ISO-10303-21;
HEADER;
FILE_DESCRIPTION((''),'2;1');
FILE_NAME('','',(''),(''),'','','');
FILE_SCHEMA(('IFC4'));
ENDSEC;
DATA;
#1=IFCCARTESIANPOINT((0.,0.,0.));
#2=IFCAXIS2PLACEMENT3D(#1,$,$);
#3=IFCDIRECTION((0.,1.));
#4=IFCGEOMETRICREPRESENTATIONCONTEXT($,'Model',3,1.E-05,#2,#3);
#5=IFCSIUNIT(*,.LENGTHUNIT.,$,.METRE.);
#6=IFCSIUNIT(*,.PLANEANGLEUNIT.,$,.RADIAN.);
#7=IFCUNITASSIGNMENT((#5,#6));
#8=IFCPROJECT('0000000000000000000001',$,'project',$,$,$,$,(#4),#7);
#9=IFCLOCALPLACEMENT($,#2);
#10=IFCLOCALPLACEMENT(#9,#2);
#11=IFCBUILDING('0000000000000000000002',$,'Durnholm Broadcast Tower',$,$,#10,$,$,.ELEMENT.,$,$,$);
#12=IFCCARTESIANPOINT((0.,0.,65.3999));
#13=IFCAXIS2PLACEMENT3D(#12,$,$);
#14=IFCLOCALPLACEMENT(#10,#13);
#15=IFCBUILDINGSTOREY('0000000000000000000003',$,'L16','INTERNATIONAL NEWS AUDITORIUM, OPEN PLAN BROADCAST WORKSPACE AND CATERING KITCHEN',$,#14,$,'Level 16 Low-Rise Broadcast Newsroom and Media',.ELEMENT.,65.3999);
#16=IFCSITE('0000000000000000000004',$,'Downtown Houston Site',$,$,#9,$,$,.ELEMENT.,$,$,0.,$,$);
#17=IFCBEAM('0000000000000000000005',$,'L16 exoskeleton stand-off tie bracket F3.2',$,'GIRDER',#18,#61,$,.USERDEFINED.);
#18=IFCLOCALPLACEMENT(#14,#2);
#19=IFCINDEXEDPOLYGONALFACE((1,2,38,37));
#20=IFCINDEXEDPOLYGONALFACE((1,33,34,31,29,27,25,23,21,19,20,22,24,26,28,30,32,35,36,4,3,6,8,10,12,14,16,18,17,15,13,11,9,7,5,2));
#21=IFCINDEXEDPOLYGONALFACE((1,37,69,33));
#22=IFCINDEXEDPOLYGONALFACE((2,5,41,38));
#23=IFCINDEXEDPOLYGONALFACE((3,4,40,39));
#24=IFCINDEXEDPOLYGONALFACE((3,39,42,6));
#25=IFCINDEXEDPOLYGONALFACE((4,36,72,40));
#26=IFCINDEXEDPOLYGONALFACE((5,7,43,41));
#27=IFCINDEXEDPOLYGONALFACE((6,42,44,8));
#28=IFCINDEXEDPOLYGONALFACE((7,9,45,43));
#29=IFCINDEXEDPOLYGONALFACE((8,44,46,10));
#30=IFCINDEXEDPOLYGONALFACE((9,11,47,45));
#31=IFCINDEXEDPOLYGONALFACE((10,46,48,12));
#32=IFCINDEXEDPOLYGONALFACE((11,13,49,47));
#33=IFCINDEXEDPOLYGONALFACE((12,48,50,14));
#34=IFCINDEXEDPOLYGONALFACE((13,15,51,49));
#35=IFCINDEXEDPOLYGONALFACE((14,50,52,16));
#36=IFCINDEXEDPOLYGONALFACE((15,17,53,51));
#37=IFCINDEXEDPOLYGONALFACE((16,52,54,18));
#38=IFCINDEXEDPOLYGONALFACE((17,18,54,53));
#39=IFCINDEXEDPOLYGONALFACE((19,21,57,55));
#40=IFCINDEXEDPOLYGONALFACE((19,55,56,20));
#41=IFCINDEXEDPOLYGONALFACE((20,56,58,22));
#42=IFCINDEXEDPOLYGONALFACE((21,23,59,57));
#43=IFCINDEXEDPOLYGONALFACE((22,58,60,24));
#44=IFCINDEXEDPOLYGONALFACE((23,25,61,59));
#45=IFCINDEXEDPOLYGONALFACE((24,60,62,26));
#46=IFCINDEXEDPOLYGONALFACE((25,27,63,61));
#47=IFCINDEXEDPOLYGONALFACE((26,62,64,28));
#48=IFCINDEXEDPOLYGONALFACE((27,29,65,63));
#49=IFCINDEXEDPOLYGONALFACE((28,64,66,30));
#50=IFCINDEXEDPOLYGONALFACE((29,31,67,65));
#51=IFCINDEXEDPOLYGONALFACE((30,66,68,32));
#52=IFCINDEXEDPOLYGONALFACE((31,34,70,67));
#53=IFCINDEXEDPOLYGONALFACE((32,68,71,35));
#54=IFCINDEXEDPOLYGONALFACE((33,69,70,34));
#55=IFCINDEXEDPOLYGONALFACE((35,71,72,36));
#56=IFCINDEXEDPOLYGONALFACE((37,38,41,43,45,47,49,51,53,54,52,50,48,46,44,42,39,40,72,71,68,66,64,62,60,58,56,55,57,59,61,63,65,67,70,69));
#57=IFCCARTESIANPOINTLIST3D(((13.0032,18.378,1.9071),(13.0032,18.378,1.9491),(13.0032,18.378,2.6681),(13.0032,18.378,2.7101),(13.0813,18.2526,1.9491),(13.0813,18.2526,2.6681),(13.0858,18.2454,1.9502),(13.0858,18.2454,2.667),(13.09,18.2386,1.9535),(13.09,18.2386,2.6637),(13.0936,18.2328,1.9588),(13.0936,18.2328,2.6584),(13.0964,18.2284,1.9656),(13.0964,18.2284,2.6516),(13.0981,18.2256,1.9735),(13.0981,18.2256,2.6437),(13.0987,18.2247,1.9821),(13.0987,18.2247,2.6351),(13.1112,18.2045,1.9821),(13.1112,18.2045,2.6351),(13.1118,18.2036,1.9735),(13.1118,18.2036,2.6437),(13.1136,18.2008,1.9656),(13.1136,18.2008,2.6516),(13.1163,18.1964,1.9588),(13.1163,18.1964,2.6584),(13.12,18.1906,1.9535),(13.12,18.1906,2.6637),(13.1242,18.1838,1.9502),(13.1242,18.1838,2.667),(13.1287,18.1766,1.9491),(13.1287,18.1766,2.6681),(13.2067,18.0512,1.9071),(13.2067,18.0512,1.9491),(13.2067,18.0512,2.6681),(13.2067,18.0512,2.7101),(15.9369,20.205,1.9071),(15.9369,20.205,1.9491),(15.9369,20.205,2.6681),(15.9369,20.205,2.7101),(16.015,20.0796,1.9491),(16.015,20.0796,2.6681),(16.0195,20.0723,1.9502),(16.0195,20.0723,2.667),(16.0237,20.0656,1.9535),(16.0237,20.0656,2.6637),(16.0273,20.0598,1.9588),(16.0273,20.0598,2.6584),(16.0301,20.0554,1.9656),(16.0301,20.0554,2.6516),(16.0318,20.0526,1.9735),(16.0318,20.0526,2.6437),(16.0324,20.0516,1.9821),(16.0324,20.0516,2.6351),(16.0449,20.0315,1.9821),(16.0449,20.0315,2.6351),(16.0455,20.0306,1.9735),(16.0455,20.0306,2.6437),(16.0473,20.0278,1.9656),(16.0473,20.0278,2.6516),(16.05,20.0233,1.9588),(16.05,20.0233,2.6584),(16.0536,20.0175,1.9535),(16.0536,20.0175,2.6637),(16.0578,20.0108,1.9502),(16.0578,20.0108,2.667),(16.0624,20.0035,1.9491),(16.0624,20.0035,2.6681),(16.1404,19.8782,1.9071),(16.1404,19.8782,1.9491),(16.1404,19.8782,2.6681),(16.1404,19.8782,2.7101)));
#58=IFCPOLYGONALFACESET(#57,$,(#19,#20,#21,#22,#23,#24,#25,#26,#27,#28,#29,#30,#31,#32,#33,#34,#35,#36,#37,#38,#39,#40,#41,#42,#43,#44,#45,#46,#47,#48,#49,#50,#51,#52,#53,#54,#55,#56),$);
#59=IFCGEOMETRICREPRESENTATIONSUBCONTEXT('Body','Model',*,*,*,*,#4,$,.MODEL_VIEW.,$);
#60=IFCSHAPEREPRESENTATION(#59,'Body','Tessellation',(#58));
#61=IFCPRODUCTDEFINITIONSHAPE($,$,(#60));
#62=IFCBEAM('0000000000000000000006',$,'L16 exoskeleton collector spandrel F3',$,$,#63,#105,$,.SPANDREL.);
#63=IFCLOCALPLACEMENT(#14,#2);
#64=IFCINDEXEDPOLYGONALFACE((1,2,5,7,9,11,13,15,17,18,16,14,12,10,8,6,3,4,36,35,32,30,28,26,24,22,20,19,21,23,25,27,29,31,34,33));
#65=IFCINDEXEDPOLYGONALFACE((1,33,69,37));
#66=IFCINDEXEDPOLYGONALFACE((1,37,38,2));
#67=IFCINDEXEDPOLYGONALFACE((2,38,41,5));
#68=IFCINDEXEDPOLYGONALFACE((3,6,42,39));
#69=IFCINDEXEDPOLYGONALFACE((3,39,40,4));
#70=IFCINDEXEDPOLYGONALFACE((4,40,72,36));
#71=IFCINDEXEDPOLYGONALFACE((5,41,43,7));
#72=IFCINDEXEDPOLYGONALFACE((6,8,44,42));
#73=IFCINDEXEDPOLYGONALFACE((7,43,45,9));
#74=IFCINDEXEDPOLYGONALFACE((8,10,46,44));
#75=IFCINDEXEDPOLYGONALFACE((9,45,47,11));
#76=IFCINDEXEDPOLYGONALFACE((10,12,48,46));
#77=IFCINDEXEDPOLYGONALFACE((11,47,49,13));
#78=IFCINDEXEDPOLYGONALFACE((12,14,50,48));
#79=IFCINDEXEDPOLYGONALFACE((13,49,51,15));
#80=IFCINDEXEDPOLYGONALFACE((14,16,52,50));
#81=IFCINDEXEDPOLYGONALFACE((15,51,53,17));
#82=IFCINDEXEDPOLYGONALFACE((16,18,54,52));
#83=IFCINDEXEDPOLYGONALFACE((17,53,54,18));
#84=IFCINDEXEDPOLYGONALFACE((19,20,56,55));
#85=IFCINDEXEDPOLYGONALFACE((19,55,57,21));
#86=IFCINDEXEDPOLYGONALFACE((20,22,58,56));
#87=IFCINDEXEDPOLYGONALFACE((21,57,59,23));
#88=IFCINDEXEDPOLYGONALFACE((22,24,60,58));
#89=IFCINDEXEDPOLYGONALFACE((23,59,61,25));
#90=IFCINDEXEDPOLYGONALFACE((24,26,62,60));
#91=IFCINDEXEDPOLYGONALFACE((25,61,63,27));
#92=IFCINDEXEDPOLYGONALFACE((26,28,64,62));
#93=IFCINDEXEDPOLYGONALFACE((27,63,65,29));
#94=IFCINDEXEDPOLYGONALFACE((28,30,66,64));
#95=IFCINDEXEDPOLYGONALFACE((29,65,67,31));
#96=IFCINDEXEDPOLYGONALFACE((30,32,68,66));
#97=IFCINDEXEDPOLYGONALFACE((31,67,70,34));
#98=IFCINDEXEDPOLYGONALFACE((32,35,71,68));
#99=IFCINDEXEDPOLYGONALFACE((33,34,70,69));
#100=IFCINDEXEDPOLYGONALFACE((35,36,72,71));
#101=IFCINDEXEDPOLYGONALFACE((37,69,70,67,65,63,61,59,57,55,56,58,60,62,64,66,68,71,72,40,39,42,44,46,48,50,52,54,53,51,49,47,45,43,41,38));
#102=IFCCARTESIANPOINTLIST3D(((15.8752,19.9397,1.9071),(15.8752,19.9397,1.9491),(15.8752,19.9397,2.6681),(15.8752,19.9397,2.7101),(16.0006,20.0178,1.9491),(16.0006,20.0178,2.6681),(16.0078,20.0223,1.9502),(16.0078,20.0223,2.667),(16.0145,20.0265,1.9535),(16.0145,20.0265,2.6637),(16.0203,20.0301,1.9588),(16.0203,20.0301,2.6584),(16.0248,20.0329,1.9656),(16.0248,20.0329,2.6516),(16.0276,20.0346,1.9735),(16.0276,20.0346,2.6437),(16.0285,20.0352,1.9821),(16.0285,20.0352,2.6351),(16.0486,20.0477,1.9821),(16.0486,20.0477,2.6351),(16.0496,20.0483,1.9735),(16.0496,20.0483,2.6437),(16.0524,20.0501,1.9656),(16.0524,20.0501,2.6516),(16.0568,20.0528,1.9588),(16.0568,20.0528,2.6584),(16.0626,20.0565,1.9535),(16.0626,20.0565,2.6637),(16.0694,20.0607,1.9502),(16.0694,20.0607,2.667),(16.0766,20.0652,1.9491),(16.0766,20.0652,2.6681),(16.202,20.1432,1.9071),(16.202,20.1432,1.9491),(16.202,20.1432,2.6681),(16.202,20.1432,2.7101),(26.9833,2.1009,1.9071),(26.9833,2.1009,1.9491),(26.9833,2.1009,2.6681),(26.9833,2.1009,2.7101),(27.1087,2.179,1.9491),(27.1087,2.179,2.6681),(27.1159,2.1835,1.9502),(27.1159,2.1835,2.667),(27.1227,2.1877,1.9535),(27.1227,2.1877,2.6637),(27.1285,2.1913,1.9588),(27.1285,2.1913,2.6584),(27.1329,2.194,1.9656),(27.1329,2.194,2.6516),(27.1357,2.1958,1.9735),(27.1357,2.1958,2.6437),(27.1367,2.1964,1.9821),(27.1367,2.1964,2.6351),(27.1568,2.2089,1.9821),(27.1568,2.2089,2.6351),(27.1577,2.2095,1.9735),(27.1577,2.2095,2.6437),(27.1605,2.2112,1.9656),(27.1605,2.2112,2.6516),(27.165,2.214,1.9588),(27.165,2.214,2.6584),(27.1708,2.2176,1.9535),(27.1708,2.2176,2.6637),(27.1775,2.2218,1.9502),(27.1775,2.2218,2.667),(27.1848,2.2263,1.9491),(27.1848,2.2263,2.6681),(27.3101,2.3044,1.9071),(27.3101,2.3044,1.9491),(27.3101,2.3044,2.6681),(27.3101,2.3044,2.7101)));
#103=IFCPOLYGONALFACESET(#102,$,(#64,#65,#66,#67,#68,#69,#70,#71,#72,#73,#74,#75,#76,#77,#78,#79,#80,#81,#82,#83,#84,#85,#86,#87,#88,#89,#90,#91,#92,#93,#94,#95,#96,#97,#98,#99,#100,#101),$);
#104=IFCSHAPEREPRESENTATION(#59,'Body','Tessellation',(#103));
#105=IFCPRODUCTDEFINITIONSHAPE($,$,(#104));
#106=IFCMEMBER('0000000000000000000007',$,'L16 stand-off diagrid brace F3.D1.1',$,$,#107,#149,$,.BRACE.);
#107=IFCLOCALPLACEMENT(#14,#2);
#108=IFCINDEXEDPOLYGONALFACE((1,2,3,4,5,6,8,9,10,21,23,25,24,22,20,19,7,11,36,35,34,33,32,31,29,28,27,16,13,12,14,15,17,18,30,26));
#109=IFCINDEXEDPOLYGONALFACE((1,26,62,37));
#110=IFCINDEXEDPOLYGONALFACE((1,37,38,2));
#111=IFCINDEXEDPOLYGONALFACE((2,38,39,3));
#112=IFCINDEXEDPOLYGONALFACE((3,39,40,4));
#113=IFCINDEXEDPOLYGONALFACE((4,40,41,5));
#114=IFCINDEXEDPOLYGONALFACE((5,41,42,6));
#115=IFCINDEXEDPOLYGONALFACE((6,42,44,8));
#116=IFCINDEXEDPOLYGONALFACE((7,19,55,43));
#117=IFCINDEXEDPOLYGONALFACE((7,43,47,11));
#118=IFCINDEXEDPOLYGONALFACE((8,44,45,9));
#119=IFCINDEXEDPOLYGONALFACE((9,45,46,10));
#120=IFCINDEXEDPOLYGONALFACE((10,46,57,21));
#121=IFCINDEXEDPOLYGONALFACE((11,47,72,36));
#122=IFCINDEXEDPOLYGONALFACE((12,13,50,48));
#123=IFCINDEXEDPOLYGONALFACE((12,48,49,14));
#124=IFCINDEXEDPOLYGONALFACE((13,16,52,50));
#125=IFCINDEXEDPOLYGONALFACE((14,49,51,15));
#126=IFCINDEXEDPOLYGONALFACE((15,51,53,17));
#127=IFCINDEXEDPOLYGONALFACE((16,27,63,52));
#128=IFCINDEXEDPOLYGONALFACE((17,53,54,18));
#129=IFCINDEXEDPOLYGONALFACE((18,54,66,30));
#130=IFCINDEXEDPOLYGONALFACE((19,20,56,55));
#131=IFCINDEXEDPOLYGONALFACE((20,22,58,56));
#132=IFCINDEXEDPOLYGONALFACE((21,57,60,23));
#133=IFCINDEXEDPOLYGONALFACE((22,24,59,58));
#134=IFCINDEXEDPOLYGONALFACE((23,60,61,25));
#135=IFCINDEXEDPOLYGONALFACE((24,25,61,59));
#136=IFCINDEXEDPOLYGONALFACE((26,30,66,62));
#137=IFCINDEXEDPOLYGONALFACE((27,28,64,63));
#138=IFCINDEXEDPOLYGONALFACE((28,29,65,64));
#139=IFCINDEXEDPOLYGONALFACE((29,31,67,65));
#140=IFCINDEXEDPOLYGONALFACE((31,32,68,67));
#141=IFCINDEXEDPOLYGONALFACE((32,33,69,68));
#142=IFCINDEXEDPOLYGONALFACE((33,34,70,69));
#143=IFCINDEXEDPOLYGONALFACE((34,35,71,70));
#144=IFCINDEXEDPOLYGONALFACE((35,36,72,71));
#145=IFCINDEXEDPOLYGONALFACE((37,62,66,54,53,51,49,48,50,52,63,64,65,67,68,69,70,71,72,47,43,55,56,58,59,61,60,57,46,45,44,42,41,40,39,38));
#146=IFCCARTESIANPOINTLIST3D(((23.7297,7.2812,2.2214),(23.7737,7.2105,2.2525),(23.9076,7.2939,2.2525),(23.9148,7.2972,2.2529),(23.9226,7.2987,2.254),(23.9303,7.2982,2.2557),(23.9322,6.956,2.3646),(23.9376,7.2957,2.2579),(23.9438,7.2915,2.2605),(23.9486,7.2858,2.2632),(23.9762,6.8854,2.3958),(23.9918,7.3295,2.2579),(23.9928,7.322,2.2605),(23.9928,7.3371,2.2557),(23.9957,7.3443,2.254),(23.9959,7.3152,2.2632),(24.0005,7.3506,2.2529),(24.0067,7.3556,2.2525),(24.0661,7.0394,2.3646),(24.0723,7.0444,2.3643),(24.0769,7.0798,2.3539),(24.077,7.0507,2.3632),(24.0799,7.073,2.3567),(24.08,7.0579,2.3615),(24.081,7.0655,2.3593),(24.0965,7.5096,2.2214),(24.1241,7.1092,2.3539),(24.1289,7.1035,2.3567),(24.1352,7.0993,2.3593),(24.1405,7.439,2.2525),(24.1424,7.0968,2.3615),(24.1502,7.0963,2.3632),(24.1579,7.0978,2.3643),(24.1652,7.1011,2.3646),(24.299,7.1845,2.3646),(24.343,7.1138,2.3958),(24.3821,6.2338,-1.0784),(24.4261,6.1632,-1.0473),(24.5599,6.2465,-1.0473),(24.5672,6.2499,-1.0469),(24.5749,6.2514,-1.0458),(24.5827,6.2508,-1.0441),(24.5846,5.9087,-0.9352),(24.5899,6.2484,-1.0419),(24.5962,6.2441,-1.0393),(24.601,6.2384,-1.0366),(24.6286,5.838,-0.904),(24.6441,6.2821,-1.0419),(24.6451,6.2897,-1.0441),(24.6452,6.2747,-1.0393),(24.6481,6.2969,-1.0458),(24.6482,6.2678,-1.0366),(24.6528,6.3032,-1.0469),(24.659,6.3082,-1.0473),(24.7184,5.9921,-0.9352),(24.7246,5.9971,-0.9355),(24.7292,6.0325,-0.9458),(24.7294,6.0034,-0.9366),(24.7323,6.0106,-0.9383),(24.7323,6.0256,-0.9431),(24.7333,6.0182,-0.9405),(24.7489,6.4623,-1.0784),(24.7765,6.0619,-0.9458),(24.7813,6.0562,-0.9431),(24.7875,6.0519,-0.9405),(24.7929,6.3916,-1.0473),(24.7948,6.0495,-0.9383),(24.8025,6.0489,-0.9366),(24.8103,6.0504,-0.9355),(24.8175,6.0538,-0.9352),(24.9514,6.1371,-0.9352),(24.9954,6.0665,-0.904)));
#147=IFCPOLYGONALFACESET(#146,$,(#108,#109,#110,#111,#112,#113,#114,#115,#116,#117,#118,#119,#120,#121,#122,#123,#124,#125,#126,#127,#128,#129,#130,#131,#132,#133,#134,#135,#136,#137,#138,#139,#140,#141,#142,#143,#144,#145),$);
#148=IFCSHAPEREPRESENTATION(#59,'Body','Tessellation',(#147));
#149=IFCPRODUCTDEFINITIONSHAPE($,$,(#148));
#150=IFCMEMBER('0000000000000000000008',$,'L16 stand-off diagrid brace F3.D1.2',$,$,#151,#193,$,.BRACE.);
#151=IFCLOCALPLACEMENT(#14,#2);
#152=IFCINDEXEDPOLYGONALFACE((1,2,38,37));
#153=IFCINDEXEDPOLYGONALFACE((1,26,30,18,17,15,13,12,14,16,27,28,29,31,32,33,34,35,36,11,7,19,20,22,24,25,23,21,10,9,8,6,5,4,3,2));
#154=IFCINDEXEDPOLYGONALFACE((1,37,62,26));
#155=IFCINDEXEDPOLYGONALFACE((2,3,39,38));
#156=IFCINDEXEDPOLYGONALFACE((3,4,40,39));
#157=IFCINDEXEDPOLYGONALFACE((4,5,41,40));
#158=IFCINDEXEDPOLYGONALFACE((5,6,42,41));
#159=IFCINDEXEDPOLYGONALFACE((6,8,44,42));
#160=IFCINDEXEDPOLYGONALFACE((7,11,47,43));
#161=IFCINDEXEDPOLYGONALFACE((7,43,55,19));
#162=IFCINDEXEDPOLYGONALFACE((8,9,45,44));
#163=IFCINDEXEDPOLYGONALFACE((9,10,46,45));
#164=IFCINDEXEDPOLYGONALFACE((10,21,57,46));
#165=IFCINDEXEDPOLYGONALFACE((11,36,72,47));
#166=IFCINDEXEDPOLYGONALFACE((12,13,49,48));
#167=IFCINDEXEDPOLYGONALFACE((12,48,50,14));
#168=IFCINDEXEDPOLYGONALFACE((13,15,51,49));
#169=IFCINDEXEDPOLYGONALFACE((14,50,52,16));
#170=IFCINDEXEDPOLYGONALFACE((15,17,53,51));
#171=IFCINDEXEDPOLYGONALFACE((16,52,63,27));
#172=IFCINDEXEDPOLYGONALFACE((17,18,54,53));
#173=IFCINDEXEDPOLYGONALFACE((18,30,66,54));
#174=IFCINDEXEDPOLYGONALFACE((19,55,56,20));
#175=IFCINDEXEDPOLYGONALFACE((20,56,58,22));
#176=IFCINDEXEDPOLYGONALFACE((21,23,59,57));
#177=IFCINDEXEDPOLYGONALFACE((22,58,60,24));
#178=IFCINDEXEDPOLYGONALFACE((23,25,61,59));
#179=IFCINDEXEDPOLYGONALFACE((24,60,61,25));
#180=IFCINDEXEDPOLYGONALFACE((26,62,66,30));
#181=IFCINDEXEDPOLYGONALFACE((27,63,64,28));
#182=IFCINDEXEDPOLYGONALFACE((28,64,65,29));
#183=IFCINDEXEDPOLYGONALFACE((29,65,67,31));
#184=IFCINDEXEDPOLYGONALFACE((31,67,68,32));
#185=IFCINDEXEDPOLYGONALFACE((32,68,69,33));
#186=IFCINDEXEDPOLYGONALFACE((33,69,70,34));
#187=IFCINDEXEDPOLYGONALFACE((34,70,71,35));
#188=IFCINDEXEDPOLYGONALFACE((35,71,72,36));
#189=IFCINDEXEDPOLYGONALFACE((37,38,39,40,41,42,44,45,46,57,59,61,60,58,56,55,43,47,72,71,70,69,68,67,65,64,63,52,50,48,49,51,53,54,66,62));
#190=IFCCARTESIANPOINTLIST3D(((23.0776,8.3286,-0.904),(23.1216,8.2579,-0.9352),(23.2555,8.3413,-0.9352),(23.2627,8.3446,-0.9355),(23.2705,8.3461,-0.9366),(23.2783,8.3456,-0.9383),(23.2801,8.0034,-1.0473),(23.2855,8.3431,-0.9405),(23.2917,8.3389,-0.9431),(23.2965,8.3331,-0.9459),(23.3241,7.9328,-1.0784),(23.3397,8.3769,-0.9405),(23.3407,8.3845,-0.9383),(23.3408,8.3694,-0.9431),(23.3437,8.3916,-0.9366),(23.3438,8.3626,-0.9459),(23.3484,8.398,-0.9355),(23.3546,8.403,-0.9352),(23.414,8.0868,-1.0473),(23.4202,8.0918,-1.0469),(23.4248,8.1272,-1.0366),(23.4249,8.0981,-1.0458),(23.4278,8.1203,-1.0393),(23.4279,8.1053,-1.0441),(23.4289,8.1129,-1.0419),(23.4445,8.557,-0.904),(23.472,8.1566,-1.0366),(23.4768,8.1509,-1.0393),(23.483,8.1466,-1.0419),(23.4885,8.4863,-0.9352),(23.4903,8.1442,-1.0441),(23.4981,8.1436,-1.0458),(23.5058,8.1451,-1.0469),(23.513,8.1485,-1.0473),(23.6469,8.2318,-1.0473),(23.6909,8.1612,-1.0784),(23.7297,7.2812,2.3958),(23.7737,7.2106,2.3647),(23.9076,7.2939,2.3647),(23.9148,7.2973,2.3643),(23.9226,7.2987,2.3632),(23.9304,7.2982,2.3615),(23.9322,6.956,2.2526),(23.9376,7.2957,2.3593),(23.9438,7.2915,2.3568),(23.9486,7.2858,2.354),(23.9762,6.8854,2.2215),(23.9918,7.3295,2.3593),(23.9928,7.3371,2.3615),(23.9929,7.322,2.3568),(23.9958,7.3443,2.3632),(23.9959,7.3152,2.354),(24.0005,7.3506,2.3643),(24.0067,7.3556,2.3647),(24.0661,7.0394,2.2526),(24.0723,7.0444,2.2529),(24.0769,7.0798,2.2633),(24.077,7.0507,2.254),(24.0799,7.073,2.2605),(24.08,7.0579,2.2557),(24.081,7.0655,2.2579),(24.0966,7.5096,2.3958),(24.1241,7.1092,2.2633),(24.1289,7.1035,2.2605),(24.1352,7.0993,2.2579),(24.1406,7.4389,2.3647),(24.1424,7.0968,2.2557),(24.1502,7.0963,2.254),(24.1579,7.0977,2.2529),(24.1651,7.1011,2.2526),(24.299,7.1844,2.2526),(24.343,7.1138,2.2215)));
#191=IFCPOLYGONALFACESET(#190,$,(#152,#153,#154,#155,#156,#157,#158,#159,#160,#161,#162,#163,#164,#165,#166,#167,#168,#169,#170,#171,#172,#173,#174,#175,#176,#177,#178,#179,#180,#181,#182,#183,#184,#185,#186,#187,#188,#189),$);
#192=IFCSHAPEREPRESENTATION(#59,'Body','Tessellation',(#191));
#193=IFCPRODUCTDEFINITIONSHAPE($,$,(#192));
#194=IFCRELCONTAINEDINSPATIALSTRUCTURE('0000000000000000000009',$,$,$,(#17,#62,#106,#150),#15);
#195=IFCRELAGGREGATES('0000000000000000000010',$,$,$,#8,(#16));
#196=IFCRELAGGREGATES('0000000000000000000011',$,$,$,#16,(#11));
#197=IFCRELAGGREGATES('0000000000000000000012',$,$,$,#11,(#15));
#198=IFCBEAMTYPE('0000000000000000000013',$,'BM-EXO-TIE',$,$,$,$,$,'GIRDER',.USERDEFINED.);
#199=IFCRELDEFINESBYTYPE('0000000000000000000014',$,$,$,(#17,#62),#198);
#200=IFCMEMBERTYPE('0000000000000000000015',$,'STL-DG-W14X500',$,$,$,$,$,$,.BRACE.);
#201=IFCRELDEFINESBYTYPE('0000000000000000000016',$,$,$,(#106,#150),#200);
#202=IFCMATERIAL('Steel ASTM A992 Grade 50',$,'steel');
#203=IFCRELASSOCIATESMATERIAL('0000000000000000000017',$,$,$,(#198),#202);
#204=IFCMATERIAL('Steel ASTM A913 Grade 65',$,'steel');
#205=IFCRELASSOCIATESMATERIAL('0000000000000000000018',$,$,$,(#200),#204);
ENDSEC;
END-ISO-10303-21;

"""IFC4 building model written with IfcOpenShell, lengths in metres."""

from ifc_helpers import new_model, si_unit, direction, frame, origin, origin_2d, place, context, subcontext, project, spatial, i_section, extrude, source, transform, mapped, material, material_profile, profile_set, type_object, type_shapes, element, save


model = new_model("IFC4")

# Units and contexts
model_context = context("Model", 3, precision=1e-05, world=origin(), true_north=direction((0.0, 1.0)))
body_context = subcontext(model_context, "Body", "Model", "MODEL_VIEW")
ifc_project = project(units=[si_unit("LENGTHUNIT", "METRE"), si_unit("PLANEANGLEUNIT", "RADIAN")], contexts=[model_context])

# Site, building, storey
site_placement = place(None, origin())
site = spatial("IfcSite", under=ifc_project, at=site_placement, Name="Downtown Houston Site", CompositionType="ELEMENT", RefElevation=0.0)
building_placement = place(site_placement, origin())
building = spatial("IfcBuilding", under=site, at=building_placement, Name="Durnholm Broadcast Tower", CompositionType="ELEMENT")
storey_placement = place(building_placement, frame((0.0, 0.0, 65.3999)))
storey = spatial("IfcBuildingStorey", under=building, at=storey_placement, Name="L16", Description="INTERNATIONAL NEWS AUDITORIUM, OPEN PLAN BROADCAST WORKSPACE AND CATERING KITCHEN", LongName="Level 16 Low-Rise Broadcast Newsroom and Media", CompositionType="ELEMENT", Elevation=65.3999)

# Beams
ifc_material_1 = material(Name="Steel ASTM A992 Grade 50", Category="steel")
ifc_material_profile_1 = material_profile(ifc_material_1, i_section(OverallWidth=0.385, OverallDepth=0.803, WebThickness=0.0237, FlangeThickness=0.042, FilletRadius=0.033, at=origin_2d()), Name="W30X261")
ifc_profile_set_1 = profile_set([ifc_material_profile_1], Name="Steel ASTM A992 Grade 50")
beam_type_1 = type_object("IfcBeamType", Name="BM-EXO-TIE", ElementType="GIRDER", PredefinedType="USERDEFINED", material=ifc_profile_set_1)
shared_shape_1 = source(origin(), body_context, "Body", "SweptSolid", [
    extrude(i_section(OverallWidth=0.385, OverallDepth=0.803, WebThickness=0.0237, FlangeThickness=0.042, FilletRadius=0.033, at=origin_2d()), origin(), (0.0, 0.0, 1.0), 3.4561),
])
for number, where, z_axis, x_axis, name in (
    (1, (13.105, 18.2146, 2.3086), (0.848854, 0.528627, 0.0), (-0.528627, 0.848854, 0.0), "L16 exoskeleton stand-off tie bracket F3.2"),
):
    element("IfcBeam", number, at=place(storey_placement, frame(where, z_axis=z_axis, x_axis=x_axis)), inside=storey, type_object=beam_type_1, Name=name, ObjectType="GIRDER", PredefinedType="USERDEFINED", context=body_context, shape_type="MappedRepresentation", body=[
        mapped(shared_shape_1, transform((0.0, 0.0, 0.0), x_axis=(1.0, 0.0, 0.0), y_axis=(0.0, 1.0, 0.0), z_axis=(0.0, 0.0, 1.0), scale=1.0)),
    ])
shared_shape_2 = source(origin(), body_context, "Body", "SweptSolid", [
    extrude(i_section(OverallWidth=0.385, OverallDepth=0.803, WebThickness=0.0237, FlangeThickness=0.042, FilletRadius=0.033, at=origin_2d()), origin(), (0.0, 0.0, 1.0), 21.0146),
])
type_shapes(beam_type_1, [shared_shape_1, shared_shape_2])
beam_1_placement = place(storey_placement, frame((27.1467, 2.2026, 2.3086), z_axis=(-0.528591, 0.848877, 0.0), x_axis=(-0.848877, -0.528591, 0.0)))
element("IfcBeam", 2, at=beam_1_placement, inside=storey, type_object=beam_type_1, Name="L16 exoskeleton collector spandrel F3", PredefinedType="SPANDREL", context=body_context, shape_type="MappedRepresentation", body=[
    mapped(shared_shape_2, transform((0.0, 0.0, 0.0), x_axis=(1.0, 0.0, 0.0), y_axis=(0.0, 1.0, 0.0), z_axis=(0.0, 0.0, 1.0), scale=1.0)),
])

# Members
ifc_material_2 = material(Name="Steel ASTM A913 Grade 65", Category="steel")
ifc_material_profile_2 = material_profile(ifc_material_2, i_section(OverallWidth=0.4321, OverallDepth=0.4978, WebThickness=0.0557, FlangeThickness=0.0889, FilletRadius=0.0305, at=origin_2d()), Name="W14X500")
ifc_profile_set_2 = profile_set([ifc_material_profile_2], Name="Steel ASTM A913 Grade 65")
member_type_1 = type_object("IfcMemberType", Name="STL-DG-W14X500", PredefinedType="BRACE", material=ifc_profile_set_2)
shared_shape_3 = source(origin(), body_context, "Body", "SweptSolid", [
    extrude(i_section(OverallWidth=0.4321, OverallDepth=0.4978, WebThickness=0.0557, FlangeThickness=0.0889, FilletRadius=0.0305, at=origin_2d()), origin(), (0.0, 0.0, 1.0), 3.5229),
])
type_shapes(member_type_1, [shared_shape_3])
for number, where, z_axis, x_axis, name in (
    (3, (24.6887, 6.1501, -0.9912), (-0.185169, 0.297297, 0.936657), (-0.84882, -0.528682, 0.0), "L16 stand-off diagrid brace F3.D1.1"),
    (4, (23.3843, 8.2449, -0.9912), (0.185102, -0.2973, 0.936669), (0.848909, 0.52854, 0.0), "L16 stand-off diagrid brace F3.D1.2"),
):
    element("IfcMember", number, at=place(storey_placement, frame(where, z_axis=z_axis, x_axis=x_axis)), inside=storey, type_object=member_type_1, Name=name, PredefinedType="BRACE", context=body_context, shape_type="MappedRepresentation", body=[
        mapped(shared_shape_3, transform((0.0, 0.0, 0.0), x_axis=(1.0, 0.0, 0.0), y_axis=(0.0, 1.0, 0.0), z_axis=(0.0, 0.0, 1.0), scale=1.0)),
    ])

save(model, "model.ifc")
